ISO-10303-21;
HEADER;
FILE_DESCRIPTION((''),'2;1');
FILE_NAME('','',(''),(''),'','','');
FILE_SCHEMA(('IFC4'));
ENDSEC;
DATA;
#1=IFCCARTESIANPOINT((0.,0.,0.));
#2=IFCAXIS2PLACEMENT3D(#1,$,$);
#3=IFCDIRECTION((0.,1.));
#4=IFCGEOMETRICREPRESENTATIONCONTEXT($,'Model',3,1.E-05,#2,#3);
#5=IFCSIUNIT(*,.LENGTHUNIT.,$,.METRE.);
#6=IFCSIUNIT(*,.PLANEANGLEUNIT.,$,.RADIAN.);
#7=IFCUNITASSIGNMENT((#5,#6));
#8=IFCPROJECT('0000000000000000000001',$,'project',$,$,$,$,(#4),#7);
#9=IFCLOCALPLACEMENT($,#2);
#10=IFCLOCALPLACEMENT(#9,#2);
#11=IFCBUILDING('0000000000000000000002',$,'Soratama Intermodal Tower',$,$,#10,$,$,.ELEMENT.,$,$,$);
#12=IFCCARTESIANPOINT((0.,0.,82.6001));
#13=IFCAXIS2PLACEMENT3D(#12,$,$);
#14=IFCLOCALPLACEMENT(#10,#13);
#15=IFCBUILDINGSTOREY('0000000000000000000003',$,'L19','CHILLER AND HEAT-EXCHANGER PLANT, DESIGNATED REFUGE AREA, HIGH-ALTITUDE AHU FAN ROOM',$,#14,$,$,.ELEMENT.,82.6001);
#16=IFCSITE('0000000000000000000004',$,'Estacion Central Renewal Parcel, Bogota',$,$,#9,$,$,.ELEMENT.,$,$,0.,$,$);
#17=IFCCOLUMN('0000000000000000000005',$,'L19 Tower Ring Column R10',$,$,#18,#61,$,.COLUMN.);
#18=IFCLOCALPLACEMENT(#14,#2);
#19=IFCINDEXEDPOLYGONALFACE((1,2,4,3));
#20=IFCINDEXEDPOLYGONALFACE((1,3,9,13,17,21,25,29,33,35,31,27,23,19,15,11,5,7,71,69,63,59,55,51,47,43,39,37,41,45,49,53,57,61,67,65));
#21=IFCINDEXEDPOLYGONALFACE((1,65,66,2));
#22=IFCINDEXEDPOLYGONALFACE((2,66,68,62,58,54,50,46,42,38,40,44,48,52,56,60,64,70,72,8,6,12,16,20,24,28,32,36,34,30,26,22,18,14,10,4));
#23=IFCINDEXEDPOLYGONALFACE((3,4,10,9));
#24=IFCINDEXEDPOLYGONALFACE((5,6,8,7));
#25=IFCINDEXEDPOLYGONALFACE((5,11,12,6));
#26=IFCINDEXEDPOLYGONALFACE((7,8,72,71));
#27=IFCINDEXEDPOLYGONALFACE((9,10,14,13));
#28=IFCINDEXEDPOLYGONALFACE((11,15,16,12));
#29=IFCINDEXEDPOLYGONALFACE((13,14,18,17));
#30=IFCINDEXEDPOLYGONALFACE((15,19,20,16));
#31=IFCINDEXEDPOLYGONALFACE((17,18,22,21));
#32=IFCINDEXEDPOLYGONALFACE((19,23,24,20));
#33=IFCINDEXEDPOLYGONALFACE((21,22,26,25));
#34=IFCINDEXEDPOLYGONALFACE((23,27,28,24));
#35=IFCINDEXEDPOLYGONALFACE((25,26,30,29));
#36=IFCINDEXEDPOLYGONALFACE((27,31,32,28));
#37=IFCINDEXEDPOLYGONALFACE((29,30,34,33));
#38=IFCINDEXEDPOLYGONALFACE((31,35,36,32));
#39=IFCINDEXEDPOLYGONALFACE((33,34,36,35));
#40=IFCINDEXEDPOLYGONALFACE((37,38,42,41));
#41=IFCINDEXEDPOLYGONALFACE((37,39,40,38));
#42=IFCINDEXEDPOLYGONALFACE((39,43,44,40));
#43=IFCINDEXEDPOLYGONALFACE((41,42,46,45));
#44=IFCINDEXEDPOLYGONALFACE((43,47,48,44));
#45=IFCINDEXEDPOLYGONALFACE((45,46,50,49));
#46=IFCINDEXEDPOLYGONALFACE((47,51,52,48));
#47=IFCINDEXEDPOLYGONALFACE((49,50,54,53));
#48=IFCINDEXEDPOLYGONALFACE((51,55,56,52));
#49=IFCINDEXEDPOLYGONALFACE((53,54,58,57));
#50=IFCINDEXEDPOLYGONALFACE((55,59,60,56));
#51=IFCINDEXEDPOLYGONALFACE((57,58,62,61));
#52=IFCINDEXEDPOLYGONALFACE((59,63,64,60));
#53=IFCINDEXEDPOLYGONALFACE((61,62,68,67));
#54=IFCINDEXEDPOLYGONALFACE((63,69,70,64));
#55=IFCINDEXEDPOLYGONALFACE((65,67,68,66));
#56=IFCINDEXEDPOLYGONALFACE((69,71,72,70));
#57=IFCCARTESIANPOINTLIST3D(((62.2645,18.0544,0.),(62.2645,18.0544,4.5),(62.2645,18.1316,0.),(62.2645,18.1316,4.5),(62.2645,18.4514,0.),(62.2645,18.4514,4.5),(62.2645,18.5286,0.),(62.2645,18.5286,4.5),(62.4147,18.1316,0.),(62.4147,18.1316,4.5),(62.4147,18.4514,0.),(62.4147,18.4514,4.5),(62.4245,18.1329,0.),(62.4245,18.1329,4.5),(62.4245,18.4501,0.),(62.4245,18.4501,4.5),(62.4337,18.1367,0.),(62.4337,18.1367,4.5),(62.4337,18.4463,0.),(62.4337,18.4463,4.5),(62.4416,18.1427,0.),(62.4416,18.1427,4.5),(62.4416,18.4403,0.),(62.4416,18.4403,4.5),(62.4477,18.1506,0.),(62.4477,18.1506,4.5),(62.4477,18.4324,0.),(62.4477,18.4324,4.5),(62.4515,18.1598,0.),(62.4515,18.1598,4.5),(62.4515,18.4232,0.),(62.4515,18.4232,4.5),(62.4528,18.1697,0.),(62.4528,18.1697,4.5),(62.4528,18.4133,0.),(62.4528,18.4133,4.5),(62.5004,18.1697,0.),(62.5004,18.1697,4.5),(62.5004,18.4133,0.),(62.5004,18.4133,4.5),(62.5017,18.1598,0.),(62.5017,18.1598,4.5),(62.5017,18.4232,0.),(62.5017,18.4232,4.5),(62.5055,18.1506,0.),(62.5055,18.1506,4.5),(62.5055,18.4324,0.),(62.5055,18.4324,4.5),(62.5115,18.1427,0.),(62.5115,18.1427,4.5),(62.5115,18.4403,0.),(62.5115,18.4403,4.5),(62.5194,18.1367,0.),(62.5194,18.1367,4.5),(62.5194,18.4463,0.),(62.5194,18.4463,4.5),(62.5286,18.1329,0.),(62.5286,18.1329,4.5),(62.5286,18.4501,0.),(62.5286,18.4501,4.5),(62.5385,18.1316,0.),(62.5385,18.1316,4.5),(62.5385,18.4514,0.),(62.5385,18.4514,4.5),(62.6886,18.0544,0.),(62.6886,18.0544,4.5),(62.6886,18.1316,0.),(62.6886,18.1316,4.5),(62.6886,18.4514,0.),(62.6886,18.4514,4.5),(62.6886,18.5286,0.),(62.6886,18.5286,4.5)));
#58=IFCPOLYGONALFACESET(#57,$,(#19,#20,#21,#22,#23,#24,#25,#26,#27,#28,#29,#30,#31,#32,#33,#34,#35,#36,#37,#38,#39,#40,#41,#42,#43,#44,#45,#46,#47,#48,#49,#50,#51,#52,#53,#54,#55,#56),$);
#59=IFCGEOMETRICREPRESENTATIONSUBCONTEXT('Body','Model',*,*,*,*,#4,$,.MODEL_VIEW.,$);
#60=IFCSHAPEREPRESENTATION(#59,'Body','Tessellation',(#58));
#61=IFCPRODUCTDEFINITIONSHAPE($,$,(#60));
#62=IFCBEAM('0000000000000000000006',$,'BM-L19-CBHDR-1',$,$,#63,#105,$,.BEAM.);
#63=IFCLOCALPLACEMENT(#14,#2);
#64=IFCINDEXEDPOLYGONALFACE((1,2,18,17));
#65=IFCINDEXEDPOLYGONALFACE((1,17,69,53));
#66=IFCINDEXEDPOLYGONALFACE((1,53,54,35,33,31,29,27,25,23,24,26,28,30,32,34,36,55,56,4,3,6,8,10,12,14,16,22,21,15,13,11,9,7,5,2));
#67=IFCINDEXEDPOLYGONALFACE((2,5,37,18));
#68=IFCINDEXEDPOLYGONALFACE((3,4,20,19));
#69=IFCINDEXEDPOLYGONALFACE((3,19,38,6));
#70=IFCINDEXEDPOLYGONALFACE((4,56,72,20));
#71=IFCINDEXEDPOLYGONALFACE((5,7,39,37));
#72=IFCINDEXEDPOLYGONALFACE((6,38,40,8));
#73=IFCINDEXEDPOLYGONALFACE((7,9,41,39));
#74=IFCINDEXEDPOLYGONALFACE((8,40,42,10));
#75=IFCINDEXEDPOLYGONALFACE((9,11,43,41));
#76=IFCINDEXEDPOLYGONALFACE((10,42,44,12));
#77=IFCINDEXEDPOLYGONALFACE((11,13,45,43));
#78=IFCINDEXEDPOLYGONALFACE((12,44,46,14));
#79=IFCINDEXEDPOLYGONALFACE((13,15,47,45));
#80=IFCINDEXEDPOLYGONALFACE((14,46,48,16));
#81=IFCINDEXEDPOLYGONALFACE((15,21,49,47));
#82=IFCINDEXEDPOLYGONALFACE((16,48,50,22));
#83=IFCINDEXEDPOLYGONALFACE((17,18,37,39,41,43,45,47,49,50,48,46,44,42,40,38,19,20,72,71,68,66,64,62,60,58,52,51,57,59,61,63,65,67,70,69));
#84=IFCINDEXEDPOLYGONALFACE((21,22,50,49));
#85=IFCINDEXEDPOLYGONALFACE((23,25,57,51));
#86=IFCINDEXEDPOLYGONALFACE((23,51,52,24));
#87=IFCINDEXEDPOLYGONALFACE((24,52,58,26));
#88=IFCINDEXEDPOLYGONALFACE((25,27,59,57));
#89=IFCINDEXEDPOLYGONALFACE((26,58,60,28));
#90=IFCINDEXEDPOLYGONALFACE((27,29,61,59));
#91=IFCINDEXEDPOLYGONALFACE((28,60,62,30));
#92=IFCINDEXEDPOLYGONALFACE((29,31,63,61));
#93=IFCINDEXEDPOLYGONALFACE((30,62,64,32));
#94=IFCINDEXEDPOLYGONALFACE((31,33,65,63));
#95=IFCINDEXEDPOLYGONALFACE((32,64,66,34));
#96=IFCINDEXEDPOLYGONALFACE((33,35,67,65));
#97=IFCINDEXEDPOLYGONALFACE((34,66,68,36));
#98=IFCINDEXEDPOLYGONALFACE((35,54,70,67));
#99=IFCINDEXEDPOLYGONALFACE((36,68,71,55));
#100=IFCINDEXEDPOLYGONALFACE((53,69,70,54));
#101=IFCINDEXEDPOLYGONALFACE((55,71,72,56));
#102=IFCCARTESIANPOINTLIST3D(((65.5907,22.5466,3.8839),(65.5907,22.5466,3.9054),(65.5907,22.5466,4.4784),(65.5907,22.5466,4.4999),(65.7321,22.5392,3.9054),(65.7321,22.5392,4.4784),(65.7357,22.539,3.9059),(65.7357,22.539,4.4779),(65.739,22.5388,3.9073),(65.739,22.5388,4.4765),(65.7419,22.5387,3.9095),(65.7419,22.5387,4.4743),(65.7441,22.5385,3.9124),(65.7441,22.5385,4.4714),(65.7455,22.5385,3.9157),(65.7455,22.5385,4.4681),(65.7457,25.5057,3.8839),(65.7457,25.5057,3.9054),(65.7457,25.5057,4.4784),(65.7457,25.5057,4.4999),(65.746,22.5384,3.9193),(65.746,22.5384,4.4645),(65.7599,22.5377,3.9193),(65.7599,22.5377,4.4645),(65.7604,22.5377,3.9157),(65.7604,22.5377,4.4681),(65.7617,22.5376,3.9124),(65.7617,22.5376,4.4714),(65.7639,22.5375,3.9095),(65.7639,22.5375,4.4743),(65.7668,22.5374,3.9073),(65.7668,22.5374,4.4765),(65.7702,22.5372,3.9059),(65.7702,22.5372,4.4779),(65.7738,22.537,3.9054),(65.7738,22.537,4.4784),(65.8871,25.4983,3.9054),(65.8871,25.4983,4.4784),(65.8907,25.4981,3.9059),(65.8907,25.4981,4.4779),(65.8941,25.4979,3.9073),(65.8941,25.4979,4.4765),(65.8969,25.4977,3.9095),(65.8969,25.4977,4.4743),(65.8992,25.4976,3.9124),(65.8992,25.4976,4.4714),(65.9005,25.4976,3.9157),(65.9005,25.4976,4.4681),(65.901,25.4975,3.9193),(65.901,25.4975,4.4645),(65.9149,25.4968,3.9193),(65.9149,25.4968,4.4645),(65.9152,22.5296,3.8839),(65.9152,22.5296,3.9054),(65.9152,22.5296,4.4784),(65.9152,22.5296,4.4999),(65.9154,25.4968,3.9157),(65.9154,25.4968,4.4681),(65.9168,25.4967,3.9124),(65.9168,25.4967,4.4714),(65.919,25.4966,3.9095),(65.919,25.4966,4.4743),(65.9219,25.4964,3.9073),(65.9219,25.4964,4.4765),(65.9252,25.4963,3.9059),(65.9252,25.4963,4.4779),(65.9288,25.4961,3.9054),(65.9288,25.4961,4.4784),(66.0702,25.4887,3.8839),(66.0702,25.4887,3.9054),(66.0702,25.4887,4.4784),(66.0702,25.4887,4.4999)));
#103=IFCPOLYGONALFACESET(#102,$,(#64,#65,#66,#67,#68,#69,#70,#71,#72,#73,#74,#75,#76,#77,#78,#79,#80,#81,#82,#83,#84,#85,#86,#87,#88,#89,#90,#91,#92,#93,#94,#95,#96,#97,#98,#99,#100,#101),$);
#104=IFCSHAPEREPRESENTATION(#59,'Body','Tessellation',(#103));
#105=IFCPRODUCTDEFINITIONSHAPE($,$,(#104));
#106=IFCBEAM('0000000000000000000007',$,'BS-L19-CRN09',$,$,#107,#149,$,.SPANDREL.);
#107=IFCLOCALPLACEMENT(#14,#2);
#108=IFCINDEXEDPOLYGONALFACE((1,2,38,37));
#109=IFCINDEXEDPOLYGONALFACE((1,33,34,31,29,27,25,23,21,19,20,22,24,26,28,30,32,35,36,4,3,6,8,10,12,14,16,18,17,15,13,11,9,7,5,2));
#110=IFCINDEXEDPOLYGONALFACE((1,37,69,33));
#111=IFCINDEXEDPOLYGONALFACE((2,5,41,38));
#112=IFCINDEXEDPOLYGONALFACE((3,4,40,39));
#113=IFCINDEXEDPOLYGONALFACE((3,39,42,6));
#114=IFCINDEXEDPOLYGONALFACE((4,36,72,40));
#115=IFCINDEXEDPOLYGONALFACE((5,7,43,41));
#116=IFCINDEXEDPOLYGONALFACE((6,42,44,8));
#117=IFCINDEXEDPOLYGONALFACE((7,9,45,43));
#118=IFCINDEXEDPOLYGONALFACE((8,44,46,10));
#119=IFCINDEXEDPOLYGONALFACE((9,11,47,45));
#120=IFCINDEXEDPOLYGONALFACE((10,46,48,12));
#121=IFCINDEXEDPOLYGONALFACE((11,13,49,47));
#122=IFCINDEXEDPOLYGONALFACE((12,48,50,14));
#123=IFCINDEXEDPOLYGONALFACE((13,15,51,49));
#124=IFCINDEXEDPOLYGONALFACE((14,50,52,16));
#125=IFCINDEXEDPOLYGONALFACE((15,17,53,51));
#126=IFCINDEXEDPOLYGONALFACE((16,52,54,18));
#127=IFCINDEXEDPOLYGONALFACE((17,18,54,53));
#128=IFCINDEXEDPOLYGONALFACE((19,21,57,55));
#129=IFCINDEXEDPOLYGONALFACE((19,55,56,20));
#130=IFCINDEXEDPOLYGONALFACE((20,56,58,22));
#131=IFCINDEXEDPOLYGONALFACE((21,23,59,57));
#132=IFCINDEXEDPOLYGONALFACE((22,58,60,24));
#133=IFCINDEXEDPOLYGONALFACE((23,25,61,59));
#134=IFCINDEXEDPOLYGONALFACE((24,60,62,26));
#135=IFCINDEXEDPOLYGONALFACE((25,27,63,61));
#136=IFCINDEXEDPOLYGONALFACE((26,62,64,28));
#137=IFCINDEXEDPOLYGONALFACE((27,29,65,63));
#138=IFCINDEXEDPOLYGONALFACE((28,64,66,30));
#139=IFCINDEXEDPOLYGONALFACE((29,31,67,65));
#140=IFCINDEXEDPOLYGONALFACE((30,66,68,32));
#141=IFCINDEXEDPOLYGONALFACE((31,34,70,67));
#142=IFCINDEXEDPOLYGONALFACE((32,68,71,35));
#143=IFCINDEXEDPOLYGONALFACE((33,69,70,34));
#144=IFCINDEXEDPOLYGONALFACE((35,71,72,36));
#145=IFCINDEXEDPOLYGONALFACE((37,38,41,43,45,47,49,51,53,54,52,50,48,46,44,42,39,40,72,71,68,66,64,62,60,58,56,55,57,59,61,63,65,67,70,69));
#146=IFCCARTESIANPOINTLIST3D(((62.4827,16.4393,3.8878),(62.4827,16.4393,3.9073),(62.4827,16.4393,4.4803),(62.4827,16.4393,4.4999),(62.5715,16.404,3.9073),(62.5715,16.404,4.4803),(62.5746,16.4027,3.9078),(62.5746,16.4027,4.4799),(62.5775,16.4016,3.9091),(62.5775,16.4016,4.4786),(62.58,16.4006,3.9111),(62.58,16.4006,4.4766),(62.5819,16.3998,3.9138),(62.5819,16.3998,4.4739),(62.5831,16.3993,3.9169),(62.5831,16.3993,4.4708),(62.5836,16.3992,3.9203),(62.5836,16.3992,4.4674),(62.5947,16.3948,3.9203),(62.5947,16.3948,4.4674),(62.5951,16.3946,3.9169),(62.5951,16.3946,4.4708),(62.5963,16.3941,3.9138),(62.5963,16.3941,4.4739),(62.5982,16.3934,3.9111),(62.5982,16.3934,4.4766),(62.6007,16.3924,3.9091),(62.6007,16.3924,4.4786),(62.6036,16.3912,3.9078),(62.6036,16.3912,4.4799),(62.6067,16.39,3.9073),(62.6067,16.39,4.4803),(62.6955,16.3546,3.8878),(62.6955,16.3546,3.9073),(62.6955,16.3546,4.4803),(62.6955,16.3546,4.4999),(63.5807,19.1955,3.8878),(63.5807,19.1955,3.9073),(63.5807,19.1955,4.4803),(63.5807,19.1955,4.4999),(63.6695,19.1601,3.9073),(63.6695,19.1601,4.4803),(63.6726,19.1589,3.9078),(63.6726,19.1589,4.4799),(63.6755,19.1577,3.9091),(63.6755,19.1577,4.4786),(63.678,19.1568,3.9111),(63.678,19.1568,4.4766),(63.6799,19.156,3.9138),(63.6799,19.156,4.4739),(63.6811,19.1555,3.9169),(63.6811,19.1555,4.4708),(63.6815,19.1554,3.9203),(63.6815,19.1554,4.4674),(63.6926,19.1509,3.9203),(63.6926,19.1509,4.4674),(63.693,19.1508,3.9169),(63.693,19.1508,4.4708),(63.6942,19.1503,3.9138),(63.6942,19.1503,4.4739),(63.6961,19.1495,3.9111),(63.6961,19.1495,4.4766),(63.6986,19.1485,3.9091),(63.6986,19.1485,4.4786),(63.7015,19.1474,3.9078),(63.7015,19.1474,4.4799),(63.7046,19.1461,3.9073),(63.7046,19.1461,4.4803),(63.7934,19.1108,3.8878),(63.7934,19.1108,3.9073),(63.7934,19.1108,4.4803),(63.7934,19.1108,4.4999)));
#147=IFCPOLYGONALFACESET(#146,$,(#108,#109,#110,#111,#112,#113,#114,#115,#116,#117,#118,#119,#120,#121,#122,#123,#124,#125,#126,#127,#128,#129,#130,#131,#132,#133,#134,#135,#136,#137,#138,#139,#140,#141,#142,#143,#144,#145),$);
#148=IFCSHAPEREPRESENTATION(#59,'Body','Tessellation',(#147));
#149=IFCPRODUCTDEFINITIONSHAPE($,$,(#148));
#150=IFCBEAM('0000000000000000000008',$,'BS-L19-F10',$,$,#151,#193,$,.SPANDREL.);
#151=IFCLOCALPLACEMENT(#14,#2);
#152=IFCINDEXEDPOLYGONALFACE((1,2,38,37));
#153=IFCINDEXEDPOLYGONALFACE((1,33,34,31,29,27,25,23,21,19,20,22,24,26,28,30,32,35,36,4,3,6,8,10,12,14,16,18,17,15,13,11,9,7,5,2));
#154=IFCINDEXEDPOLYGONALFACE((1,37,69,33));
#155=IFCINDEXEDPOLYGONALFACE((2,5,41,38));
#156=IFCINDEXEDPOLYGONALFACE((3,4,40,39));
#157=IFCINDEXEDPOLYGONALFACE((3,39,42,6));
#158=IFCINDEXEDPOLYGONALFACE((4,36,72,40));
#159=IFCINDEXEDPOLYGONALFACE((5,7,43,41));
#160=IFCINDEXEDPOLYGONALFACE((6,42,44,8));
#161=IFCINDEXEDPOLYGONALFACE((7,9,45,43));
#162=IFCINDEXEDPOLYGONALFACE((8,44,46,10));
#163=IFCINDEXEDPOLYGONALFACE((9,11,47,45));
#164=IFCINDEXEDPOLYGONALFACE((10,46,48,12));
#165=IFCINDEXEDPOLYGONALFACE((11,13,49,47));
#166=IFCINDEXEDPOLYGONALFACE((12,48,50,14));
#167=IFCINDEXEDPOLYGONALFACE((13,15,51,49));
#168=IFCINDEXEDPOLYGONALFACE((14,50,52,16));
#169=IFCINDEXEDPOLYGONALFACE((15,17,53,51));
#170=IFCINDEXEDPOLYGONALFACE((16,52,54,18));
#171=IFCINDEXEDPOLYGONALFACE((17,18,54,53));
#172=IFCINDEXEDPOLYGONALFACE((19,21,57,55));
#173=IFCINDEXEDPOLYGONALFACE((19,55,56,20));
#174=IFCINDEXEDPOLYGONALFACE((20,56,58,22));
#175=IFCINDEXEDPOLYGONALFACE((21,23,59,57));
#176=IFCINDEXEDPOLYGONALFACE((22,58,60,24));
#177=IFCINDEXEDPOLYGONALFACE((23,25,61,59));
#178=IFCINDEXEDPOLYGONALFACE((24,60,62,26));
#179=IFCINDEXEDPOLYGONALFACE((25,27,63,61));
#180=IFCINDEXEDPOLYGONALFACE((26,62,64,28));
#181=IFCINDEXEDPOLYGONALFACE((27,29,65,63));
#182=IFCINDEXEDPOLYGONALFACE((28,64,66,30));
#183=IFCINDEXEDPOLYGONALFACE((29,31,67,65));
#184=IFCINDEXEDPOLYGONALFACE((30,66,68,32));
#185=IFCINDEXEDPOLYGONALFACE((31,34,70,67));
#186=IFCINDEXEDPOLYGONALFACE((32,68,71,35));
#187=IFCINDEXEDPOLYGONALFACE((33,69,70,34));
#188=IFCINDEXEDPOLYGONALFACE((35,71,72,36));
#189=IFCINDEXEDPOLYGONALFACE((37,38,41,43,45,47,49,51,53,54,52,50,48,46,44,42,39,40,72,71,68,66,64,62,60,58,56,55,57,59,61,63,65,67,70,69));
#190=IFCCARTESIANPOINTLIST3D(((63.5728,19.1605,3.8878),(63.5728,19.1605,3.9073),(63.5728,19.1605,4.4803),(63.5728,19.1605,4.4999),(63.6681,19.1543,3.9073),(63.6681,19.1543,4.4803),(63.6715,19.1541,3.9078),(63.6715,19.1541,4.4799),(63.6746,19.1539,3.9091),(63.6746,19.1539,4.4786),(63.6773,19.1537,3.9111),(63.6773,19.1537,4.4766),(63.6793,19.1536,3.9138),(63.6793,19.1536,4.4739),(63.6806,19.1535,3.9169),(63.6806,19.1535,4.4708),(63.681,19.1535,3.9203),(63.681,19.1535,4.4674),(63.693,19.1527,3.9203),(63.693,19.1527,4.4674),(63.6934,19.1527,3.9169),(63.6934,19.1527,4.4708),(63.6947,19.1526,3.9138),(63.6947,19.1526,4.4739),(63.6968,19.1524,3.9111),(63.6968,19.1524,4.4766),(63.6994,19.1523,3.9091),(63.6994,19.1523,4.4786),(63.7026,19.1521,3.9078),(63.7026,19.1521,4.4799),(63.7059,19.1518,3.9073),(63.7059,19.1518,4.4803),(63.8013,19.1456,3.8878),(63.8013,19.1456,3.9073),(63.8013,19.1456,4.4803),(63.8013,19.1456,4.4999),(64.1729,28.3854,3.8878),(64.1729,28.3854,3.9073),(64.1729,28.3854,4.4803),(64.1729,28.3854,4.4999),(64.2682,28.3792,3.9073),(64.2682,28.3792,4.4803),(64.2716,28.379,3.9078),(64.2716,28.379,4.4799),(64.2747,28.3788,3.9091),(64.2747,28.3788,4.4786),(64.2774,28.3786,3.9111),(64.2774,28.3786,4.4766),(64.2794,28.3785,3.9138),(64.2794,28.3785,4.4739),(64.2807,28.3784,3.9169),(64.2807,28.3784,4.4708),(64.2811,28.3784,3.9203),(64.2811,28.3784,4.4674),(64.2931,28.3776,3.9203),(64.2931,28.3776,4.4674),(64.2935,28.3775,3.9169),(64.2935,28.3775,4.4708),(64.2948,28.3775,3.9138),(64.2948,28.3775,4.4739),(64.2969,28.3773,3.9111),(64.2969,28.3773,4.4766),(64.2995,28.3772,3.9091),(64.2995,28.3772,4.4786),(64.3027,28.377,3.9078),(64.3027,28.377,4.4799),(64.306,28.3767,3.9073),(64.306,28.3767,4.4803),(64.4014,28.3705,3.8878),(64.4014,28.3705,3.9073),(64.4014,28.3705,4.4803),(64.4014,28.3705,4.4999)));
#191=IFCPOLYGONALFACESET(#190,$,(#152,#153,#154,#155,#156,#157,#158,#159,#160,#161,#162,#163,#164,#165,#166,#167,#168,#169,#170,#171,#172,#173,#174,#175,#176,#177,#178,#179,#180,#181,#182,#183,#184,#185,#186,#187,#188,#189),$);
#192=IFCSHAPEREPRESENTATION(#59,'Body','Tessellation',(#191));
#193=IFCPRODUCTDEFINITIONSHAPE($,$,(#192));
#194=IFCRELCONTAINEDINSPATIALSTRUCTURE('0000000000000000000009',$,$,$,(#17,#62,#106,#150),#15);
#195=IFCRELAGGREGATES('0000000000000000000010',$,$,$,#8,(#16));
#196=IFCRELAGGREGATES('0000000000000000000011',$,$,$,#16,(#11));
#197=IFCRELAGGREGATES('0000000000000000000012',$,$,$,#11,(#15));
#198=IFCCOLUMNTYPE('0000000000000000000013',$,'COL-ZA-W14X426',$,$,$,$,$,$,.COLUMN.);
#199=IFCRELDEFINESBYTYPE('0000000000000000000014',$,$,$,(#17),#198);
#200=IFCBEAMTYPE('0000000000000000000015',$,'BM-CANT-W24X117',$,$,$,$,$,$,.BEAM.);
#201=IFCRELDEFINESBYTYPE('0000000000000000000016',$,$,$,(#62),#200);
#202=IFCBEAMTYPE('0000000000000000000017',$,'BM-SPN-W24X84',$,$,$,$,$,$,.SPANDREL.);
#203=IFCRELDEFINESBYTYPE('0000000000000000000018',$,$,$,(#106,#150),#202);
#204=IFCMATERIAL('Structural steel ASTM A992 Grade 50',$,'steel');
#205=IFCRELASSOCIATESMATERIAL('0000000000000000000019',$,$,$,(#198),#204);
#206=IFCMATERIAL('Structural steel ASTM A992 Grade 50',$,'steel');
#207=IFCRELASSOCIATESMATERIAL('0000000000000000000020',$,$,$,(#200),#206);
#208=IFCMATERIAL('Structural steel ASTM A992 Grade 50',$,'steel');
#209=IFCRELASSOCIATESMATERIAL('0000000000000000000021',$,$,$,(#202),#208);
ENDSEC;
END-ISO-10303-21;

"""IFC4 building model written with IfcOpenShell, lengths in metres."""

from ifc_helpers import new_model, si_unit, direction, frame, origin, origin_2d, place, context, subcontext, project, spatial, i_section, extrude, material, material_profile, profile_set, type_object, element, save


model = new_model("IFC4")

# Units and contexts
model_context = context("Model", 3, precision=1e-05, world=origin(), true_north=direction((0.0, 1.0)))
body_context = subcontext(model_context, "Body", "Model", "MODEL_VIEW")
ifc_project = project(units=[si_unit("LENGTHUNIT", "METRE"), si_unit("PLANEANGLEUNIT", "RADIAN")], contexts=[model_context])

# Site, building, storey
site_placement = place(None, origin())
site = spatial("IfcSite", under=ifc_project, at=site_placement, Name="Estacion Central Renewal Parcel, Bogota", CompositionType="ELEMENT", RefElevation=0.0)
building_placement = place(site_placement, origin())
building = spatial("IfcBuilding", under=site, at=building_placement, Name="Soratama Intermodal Tower", CompositionType="ELEMENT")
storey_placement = place(building_placement, frame((0.0, 0.0, 82.6001)))
storey = spatial("IfcBuildingStorey", under=building, at=storey_placement, Name="L19", Description="CHILLER AND HEAT-EXCHANGER PLANT, DESIGNATED REFUGE AREA, HIGH-ALTITUDE AHU FAN ROOM", CompositionType="ELEMENT", Elevation=82.6001)

# Column
ifc_material_1 = material(Name="Structural steel ASTM A992 Grade 50", Category="steel")
ifc_material_profile_1 = material_profile(ifc_material_1, i_section(OverallWidth=0.4241, OverallDepth=0.4741, WebThickness=0.0476, FlangeThickness=0.0771, FilletRadius=0.0381, at=origin_2d()), Name="W14X426")
ifc_profile_set_1 = profile_set([ifc_material_profile_1], Name="Structural steel ASTM A992 Grade 50")
column_type = type_object("IfcColumnType", Name="COL-ZA-W14X426", PredefinedType="COLUMN", material=ifc_profile_set_1)
column_placement = place(storey_placement, frame((62.4766, 18.2915, 0.0), z_axis=(0.0, 0.0, 1.0), x_axis=(1.0, 0.0, 0.0)))
element("IfcColumn", 1, at=column_placement, inside=storey, type_object=column_type, Name="L19 Tower Ring Column R10", PredefinedType="COLUMN", context=body_context, shape_type="SweptSolid", body=[
    extrude(i_section(OverallWidth=0.4241, OverallDepth=0.4741, WebThickness=0.0476, FlangeThickness=0.0771, FilletRadius=0.0381, at=origin_2d()), origin(), (0.0, 0.0, 1.0), 4.5),
])

# Beams
ifc_material_2 = material(Name="Structural steel ASTM A992 Grade 50", Category="steel")
ifc_material_profile_2 = material_profile(ifc_material_2, i_section(OverallWidth=0.325, OverallDepth=0.616, WebThickness=0.0139, FlangeThickness=0.0215, FilletRadius=0.0139, at=origin_2d()), Name="W24X117")
ifc_profile_set_2 = profile_set([ifc_material_profile_2], Name="Structural steel ASTM A992 Grade 50")
beam_type_1 = type_object("IfcBeamType", Name="BM-CANT-W24X117", PredefinedType="BEAM", material=ifc_profile_set_2)
beam_1_placement = place(storey_placement, frame((65.7529, 22.5381, 4.1919), z_axis=(0.052321, 0.99863, 0.0), x_axis=(-0.99863, 0.052321, 0.0)))
element("IfcBeam", 2, at=beam_1_placement, inside=storey, type_object=beam_type_1, Name="BM-L19-CBHDR-1", PredefinedType="BEAM", context=body_context, shape_type="SweptSolid", body=[
    extrude(i_section(OverallWidth=0.325, OverallDepth=0.616, WebThickness=0.0139, FlangeThickness=0.0215, FilletRadius=0.0139, at=origin_2d()), origin(), (0.0, 0.0, 1.0), 2.9631),
])
ifc_material_3 = material(Name="Structural steel ASTM A992 Grade 50", Category="steel")
ifc_material_profile_3 = material_profile(ifc_material_3, i_section(OverallWidth=0.229, OverallDepth=0.6121, WebThickness=0.012, FlangeThickness=0.0195, FilletRadius=0.0129, at=origin_2d()), Name="W24X84")
ifc_profile_set_3 = profile_set([ifc_material_profile_3], Name="Structural steel ASTM A992 Grade 50")
beam_type_2 = type_object("IfcBeamType", Name="BM-SPN-W24X84", PredefinedType="SPANDREL", material=ifc_profile_set_3)
beam_2_placement = place(storey_placement, frame((62.5891, 16.397, 4.1938), z_axis=(0.370071, 0.929004, 0.0), x_axis=(-0.929004, 0.370071, 0.0)))
element("IfcBeam", 3, at=beam_2_placement, inside=storey, type_object=beam_type_2, Name="BS-L19-CRN09", PredefinedType="SPANDREL", context=body_context, shape_type="SweptSolid", body=[
    extrude(i_section(OverallWidth=0.229, OverallDepth=0.6121, WebThickness=0.012, FlangeThickness=0.0195, FilletRadius=0.0129, at=origin_2d()), origin(), (0.0, 0.0, 1.0), 2.9668),
])
beam_3_placement = place(storey_placement, frame((63.687, 19.1531, 4.1938), z_axis=(0.064915, 0.997891, 0.0), x_axis=(-0.997891, 0.064915, 0.0)))
element("IfcBeam", 4, at=beam_3_placement, inside=storey, type_object=beam_type_2, Name="BS-L19-F10", PredefinedType="SPANDREL", context=body_context, shape_type="SweptSolid", body=[
    extrude(i_section(OverallWidth=0.229, OverallDepth=0.6121, WebThickness=0.012, FlangeThickness=0.0195, FilletRadius=0.0129, at=origin_2d()), origin(), (0.0, 0.0, 1.0), 9.2444),
])

save(model, "model.ifc")
